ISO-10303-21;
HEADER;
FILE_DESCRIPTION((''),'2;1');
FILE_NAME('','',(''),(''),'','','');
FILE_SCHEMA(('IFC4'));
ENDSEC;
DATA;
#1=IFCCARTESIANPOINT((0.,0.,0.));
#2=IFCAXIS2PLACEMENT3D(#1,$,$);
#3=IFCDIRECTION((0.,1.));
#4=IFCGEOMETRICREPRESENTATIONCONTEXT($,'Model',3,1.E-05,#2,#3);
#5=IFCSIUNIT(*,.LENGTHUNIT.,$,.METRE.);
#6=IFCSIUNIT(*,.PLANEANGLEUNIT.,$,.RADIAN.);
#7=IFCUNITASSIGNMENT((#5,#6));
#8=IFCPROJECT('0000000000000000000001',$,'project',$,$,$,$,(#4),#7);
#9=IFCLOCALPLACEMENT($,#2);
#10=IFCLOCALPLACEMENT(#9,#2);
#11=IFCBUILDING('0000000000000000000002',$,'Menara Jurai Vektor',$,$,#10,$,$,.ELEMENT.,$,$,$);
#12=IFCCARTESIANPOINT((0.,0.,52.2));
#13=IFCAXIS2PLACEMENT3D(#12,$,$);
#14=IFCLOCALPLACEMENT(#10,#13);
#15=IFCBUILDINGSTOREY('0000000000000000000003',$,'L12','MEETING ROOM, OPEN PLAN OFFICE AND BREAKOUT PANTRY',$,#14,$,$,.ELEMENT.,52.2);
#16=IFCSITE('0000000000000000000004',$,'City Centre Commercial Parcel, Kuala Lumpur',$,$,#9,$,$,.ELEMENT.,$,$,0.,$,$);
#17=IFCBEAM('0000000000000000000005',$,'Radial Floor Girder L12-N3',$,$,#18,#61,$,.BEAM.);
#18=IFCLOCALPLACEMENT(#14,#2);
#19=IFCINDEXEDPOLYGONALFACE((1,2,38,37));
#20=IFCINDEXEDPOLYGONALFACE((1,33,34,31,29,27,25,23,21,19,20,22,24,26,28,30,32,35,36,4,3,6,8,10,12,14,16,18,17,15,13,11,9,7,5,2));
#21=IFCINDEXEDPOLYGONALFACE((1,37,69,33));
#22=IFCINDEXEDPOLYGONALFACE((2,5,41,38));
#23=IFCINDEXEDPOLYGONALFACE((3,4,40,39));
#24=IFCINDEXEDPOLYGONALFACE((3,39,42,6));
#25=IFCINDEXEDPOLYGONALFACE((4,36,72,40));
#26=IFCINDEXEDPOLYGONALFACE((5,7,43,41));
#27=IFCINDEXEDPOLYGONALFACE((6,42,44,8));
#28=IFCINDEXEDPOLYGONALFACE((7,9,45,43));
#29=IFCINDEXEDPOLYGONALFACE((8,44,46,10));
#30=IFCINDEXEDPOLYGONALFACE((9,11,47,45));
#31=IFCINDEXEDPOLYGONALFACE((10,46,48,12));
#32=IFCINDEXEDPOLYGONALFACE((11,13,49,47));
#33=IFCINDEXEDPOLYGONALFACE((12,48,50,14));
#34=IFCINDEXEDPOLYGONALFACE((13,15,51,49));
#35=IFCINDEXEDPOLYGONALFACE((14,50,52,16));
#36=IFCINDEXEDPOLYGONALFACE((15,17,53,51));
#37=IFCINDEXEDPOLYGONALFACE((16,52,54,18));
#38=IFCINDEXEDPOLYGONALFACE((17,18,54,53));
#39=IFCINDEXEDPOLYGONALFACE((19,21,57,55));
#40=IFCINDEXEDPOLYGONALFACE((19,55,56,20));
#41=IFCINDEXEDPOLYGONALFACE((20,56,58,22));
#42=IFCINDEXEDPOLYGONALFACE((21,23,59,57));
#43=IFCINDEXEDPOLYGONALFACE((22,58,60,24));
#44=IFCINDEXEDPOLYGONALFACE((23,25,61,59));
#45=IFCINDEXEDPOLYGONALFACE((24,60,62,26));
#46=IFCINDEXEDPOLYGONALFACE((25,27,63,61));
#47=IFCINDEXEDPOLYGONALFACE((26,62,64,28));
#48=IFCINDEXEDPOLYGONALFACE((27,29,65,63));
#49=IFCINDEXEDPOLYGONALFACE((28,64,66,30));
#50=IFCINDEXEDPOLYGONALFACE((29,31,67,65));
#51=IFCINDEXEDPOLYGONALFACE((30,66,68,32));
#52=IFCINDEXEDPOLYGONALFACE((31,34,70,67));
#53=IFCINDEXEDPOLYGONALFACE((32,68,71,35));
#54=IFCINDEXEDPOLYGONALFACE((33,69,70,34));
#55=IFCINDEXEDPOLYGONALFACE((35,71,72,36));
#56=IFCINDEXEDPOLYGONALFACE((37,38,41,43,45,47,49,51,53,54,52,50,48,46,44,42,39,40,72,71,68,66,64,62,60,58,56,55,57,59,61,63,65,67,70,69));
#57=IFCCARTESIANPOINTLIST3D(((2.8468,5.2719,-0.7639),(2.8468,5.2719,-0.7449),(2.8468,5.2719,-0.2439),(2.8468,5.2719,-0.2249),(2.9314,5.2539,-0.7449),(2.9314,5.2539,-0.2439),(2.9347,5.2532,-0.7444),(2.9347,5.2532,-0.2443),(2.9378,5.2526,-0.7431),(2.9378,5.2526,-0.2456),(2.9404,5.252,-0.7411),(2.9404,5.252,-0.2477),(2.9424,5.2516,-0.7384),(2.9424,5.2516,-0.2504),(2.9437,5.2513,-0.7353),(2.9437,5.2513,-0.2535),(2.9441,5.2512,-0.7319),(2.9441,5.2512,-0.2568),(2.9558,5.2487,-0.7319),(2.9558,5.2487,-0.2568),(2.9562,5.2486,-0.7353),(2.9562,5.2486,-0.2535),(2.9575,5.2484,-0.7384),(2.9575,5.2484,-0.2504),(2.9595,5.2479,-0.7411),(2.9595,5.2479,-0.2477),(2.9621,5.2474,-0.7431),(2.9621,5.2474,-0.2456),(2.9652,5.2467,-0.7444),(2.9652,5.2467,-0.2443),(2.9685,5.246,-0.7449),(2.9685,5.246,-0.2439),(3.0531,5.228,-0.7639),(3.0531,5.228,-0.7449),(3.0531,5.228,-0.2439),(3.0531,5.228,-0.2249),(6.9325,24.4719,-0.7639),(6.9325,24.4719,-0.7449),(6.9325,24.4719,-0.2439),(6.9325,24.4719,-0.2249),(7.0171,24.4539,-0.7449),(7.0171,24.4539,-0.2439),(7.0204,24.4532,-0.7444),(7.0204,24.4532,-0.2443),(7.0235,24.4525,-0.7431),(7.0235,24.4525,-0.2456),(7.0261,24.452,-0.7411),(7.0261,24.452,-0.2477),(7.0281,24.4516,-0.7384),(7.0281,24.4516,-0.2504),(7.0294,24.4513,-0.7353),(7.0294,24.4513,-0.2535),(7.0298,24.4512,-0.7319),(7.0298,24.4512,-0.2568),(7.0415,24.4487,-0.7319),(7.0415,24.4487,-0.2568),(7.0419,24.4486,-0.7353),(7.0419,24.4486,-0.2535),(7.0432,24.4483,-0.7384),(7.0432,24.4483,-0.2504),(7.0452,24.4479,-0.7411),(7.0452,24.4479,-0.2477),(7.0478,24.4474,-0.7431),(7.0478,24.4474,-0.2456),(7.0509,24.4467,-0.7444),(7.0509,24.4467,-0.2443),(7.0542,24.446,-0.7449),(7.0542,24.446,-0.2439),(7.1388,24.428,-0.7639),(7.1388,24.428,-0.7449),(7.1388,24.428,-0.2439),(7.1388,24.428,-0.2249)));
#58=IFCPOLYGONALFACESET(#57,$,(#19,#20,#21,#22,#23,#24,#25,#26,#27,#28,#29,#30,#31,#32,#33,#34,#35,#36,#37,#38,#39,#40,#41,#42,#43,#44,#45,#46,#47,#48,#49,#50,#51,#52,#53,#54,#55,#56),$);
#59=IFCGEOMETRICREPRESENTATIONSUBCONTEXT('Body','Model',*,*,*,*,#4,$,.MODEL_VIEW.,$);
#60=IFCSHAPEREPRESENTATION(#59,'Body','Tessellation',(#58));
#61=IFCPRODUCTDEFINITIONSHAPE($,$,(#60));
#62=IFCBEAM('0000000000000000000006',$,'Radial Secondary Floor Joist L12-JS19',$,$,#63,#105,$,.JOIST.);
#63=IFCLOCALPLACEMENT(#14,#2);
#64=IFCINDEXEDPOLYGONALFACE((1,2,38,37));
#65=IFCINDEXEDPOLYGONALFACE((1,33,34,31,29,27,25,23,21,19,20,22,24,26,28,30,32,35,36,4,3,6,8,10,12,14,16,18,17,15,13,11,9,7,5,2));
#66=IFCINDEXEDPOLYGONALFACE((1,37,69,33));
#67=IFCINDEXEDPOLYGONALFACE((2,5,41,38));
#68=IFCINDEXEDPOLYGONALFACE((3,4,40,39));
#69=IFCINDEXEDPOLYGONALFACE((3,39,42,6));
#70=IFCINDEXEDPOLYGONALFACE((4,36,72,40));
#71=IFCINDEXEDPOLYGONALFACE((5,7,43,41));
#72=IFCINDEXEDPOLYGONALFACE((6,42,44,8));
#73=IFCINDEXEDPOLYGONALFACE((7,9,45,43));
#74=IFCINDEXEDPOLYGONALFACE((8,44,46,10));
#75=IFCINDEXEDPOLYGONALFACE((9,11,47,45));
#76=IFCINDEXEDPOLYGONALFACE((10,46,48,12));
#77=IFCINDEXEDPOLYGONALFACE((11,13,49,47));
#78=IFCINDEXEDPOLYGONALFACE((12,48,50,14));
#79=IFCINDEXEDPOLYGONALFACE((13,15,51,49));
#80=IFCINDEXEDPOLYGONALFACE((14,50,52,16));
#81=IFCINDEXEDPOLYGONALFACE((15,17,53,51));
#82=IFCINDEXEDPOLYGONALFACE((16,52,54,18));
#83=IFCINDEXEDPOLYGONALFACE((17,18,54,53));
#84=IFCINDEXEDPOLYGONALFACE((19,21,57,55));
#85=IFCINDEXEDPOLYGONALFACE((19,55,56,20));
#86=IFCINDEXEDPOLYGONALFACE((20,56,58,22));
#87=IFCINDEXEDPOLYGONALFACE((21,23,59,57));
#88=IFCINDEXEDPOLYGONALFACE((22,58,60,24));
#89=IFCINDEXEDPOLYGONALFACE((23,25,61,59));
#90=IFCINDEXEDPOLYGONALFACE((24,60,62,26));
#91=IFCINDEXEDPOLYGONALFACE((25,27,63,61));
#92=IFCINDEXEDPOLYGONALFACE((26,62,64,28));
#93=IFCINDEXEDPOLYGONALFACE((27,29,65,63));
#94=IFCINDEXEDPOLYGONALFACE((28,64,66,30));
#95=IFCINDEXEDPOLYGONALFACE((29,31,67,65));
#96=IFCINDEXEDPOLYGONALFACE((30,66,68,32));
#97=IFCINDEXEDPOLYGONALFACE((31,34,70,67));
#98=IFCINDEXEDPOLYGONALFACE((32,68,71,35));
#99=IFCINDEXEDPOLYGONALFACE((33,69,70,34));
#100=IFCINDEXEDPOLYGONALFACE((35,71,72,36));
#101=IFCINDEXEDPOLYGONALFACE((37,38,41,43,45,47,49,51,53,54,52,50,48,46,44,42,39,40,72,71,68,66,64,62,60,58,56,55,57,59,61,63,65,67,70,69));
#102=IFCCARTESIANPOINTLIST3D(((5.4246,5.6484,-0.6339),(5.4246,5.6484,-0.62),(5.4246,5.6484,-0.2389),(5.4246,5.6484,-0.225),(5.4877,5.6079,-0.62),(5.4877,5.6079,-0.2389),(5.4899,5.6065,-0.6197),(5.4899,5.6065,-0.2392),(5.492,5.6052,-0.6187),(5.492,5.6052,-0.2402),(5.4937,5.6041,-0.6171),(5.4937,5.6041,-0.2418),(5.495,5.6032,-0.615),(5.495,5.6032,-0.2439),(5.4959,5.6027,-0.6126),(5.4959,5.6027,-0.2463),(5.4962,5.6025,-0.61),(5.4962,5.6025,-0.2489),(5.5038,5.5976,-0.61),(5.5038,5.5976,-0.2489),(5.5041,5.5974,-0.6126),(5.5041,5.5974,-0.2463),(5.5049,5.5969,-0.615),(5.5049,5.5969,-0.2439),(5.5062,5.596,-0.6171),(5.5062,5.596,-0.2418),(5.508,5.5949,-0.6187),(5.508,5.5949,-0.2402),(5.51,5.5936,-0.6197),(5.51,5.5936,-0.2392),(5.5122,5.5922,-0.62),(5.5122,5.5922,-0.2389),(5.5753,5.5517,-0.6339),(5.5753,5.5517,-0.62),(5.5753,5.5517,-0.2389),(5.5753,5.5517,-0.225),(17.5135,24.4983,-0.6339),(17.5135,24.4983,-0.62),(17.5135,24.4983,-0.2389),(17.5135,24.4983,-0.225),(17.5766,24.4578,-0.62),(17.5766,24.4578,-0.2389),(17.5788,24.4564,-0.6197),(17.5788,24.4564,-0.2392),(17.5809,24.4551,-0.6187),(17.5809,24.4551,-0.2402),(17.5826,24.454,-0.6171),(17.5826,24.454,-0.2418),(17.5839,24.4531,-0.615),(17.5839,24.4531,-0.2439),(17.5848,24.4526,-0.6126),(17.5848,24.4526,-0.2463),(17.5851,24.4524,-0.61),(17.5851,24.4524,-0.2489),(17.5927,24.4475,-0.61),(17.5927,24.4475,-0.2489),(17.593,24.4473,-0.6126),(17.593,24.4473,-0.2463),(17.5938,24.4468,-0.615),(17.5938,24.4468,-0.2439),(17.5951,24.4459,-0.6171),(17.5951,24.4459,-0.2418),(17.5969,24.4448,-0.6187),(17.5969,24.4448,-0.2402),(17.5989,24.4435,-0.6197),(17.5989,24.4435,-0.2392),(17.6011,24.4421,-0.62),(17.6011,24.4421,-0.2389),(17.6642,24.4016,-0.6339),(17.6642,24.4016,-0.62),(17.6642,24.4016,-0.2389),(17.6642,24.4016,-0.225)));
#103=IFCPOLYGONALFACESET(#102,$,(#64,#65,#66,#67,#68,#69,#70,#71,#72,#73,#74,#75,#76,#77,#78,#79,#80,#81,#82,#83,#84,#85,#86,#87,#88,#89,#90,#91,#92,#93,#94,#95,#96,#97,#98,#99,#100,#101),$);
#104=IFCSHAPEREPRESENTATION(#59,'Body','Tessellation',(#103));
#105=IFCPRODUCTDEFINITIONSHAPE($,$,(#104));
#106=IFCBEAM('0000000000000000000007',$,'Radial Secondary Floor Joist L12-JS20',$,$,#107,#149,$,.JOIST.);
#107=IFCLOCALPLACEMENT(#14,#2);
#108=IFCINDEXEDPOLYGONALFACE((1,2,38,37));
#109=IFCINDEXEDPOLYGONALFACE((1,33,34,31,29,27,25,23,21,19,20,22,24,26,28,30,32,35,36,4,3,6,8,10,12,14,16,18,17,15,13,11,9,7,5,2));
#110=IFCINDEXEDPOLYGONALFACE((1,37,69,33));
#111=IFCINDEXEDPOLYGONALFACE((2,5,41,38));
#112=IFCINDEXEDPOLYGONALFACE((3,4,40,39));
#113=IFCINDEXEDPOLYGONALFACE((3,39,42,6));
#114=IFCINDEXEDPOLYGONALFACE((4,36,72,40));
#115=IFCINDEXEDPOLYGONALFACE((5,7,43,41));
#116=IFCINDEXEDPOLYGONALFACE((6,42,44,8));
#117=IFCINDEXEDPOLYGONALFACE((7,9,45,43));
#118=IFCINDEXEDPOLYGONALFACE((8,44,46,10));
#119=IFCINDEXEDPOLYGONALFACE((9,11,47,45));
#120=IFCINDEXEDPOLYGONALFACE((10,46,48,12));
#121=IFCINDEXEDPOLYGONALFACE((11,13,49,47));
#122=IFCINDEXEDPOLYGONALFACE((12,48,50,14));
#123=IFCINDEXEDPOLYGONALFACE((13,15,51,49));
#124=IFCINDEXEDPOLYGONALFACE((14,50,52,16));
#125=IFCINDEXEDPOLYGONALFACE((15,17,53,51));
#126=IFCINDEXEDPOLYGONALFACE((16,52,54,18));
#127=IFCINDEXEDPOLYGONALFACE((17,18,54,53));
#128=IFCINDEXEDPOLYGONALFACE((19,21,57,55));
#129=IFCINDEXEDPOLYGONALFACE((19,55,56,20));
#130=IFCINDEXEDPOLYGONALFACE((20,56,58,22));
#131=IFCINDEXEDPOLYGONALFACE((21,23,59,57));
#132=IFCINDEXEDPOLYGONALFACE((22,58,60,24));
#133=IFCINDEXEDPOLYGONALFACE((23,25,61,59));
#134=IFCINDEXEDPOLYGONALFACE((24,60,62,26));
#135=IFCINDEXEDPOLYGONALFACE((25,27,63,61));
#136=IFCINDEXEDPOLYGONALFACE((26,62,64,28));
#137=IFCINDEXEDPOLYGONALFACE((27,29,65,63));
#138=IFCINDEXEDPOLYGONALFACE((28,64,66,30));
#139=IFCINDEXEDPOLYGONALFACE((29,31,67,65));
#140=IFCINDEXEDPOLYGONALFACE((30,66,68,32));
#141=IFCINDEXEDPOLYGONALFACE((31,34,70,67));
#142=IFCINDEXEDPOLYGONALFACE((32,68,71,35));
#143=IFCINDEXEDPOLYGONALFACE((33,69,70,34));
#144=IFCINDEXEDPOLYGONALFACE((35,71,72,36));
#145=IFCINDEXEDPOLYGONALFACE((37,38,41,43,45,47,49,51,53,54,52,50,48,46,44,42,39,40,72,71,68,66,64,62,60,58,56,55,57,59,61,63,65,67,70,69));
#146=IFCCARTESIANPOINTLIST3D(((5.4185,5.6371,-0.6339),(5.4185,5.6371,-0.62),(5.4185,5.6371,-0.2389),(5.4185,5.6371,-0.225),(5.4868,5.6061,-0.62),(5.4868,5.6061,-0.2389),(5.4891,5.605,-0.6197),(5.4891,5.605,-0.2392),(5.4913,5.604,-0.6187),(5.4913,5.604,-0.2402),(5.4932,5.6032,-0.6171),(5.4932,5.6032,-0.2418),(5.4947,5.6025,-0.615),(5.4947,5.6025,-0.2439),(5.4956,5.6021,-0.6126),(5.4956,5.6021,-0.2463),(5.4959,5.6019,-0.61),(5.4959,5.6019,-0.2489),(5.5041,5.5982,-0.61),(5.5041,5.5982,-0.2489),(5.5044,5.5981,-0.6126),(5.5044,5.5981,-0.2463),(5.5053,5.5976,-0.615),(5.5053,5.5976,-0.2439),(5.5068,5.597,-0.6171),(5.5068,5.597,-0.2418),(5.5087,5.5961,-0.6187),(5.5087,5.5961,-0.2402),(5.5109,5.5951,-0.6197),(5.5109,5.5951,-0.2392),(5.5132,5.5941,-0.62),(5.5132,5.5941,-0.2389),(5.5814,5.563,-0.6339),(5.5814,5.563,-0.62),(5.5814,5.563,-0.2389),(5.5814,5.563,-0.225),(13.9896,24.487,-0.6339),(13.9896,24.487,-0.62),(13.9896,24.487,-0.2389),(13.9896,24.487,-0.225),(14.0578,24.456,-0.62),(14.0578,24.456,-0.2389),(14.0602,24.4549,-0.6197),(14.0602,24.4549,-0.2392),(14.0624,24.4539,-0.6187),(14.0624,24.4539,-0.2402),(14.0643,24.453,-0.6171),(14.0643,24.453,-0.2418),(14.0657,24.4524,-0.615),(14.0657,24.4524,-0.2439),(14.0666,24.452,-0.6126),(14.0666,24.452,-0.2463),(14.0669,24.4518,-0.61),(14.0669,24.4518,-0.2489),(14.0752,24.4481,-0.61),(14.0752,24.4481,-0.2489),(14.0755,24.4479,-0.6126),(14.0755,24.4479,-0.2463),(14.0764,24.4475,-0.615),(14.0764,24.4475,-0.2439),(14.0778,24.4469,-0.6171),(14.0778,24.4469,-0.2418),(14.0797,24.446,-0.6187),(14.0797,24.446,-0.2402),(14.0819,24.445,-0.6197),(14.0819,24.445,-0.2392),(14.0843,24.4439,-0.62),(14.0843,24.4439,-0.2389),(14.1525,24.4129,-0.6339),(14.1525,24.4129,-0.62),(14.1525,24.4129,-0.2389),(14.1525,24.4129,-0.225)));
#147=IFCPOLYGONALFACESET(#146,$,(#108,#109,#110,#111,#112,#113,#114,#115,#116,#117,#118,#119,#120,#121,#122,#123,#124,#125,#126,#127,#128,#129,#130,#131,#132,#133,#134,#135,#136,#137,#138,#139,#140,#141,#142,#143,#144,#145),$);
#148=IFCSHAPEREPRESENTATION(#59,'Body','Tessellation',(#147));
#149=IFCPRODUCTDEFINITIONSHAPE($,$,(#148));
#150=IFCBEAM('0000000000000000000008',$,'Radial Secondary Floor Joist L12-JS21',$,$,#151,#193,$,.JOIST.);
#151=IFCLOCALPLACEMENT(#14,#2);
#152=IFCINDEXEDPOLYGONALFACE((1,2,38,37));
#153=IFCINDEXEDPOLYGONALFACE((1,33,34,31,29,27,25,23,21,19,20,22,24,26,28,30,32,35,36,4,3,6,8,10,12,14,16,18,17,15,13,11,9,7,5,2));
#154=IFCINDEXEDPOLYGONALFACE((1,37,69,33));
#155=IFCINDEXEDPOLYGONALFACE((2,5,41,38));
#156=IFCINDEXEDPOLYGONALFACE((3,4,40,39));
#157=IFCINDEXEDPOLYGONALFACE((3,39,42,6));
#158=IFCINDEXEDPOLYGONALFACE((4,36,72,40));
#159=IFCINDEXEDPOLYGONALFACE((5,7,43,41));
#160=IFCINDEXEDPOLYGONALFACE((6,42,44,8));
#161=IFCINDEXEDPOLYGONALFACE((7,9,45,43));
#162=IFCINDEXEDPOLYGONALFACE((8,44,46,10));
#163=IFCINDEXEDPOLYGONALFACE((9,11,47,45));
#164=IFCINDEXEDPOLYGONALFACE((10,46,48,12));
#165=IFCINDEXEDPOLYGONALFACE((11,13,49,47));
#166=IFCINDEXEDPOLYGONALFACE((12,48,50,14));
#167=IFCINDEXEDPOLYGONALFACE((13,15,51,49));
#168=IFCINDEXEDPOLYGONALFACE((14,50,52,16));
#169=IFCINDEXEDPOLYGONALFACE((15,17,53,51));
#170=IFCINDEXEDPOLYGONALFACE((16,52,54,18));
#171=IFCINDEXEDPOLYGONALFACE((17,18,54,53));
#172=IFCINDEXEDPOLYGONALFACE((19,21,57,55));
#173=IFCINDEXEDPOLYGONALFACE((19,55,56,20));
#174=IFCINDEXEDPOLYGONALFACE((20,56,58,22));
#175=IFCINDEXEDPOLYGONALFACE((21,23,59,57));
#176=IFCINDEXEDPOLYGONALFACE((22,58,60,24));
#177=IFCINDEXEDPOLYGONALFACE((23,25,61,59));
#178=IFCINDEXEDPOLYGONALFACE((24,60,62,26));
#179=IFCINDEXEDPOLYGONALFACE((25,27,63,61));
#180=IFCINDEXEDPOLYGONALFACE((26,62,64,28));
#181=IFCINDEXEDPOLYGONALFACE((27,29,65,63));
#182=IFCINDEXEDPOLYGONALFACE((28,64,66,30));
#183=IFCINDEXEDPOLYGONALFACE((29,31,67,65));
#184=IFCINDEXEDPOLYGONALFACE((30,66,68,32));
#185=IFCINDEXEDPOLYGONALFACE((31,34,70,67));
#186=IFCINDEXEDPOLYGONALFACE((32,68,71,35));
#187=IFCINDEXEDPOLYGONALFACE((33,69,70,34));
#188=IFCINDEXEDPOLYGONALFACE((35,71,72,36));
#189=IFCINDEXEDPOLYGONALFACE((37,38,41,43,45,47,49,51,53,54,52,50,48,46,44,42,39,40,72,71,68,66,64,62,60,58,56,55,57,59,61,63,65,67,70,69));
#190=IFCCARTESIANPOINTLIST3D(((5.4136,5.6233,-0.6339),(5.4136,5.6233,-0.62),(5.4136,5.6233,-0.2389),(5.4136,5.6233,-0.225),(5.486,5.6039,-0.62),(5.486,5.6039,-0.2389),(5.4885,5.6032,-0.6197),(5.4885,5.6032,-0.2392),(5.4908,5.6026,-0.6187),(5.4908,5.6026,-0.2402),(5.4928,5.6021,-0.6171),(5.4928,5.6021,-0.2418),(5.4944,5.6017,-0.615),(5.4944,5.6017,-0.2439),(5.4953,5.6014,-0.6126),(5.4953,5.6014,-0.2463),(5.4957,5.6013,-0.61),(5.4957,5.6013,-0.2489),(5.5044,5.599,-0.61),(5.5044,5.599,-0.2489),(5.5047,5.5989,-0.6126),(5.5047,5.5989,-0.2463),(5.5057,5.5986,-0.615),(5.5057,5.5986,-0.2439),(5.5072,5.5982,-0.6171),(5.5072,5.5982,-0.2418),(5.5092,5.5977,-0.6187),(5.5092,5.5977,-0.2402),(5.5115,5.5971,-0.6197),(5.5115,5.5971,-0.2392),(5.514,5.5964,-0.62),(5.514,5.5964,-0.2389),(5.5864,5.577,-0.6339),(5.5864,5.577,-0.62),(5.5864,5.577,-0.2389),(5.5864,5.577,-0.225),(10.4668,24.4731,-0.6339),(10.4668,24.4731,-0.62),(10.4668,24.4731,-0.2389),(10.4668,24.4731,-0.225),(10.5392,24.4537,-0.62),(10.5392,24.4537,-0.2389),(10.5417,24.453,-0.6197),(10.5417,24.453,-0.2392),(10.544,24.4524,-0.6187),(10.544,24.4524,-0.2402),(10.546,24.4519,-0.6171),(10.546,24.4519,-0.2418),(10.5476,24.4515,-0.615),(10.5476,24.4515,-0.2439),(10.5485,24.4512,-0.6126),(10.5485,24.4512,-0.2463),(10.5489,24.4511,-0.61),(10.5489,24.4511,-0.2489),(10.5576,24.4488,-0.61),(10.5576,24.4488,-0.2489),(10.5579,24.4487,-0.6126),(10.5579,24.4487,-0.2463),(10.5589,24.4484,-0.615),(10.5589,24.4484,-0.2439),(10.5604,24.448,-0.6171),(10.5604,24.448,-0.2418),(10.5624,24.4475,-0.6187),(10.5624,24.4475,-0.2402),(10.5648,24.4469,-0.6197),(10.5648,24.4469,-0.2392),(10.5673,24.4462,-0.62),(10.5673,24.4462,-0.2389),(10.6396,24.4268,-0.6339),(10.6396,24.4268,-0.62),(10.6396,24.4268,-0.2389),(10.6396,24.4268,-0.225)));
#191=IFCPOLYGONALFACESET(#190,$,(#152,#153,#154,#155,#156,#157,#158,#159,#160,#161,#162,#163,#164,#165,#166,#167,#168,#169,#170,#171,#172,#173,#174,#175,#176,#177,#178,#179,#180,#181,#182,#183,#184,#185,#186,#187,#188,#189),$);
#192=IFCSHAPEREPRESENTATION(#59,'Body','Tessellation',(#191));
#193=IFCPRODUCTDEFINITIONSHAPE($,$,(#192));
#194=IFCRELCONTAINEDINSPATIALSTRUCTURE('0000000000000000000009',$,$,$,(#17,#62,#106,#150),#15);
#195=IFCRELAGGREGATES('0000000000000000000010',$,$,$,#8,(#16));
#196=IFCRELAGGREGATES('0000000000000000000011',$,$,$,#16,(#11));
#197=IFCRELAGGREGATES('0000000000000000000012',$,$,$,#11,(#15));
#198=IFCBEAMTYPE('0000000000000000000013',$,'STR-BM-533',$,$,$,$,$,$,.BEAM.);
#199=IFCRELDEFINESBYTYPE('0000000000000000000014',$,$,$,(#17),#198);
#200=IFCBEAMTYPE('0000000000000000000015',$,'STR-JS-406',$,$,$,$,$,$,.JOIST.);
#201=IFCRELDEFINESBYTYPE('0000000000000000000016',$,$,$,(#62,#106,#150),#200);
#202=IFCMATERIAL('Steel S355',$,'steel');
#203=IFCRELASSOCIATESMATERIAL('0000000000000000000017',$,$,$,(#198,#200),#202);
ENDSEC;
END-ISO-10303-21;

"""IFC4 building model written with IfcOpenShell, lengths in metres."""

from ifc_helpers import new_model, si_unit, direction, frame, origin, origin_2d, place, context, subcontext, project, spatial, i_section, extrude, material, material_profile, profile_set, type_object, element, save


model = new_model("IFC4")

# Units and contexts
model_context = context("Model", 3, precision=1e-05, world=origin(), true_north=direction((0.0, 1.0)))
body_context = subcontext(model_context, "Body", "Model", "MODEL_VIEW")
ifc_project = project(units=[si_unit("LENGTHUNIT", "METRE"), si_unit("PLANEANGLEUNIT", "RADIAN")], contexts=[model_context])

# Site, building, storey
site_placement = place(None, origin())
site = spatial("IfcSite", under=ifc_project, at=site_placement, Name="City Centre Commercial Parcel, Kuala Lumpur", CompositionType="ELEMENT", RefElevation=0.0)
building_placement = place(site_placement, origin())
building = spatial("IfcBuilding", under=site, at=building_placement, Name="Menara Jurai Vektor", CompositionType="ELEMENT")
storey_placement = place(building_placement, frame((0.0, 0.0, 52.2)))
storey = spatial("IfcBuildingStorey", under=building, at=storey_placement, Name="L12", Description="MEETING ROOM, OPEN PLAN OFFICE AND BREAKOUT PANTRY", CompositionType="ELEMENT", Elevation=52.2)

# Beams
ifc_material_1 = material(Name="Steel S355", Category="steel")
ifc_material_profile_1 = material_profile(ifc_material_1, i_section(OverallWidth=0.2109, OverallDepth=0.5391, WebThickness=0.012, FlangeThickness=0.019, FilletRadius=0.0129, at=origin_2d()), Name="UKB 533x210x109")
ifc_profile_set_1 = profile_set([ifc_material_profile_1], Name="Steel S355")
beam_type_1 = type_object("IfcBeamType", Name="STR-BM-533", PredefinedType="BEAM", material=ifc_profile_set_1)
beam_1_placement = place(storey_placement, frame((7.0356, 24.45, -0.4944), z_axis=(-0.208137, -0.9781, 0.0), x_axis=(0.9781, -0.208137, 0.0)))
element("IfcBeam", 1, at=beam_1_placement, inside=storey, type_object=beam_type_1, Name="Radial Floor Girder L12-N3", PredefinedType="BEAM", context=body_context, shape_type="SweptSolid", body=[
    extrude(i_section(OverallWidth=0.2109, OverallDepth=0.5391, WebThickness=0.012, FlangeThickness=0.019, FilletRadius=0.0129, at=origin_2d()), origin(), (0.0, 0.0, 1.0), 19.6299),
])
ifc_material_profile_2 = material_profile(ifc_material_1, i_section(OverallWidth=0.179, OverallDepth=0.4089, WebThickness=0.009, FlangeThickness=0.0139, FilletRadius=0.01, at=origin_2d()), Name="UKB 406x178x67")
ifc_profile_set_2 = profile_set([ifc_material_profile_2], Name="Steel S355")
beam_type_2 = type_object("IfcBeamType", Name="STR-JS-406", PredefinedType="JOIST", material=ifc_profile_set_2)
beam_2_placement = place(storey_placement, frame((17.5889, 24.45, -0.4294), z_axis=(-0.539844, -0.841765, 0.0), x_axis=(0.841765, -0.539844, 0.0)))
element("IfcBeam", 2, at=beam_2_placement, inside=storey, type_object=beam_type_2, Name="Radial Secondary Floor Joist L12-JS19", PredefinedType="JOIST", context=body_context, shape_type="SweptSolid", body=[
    extrude(i_section(OverallWidth=0.179, OverallDepth=0.4089, WebThickness=0.009, FlangeThickness=0.0139, FilletRadius=0.01, at=origin_2d()), origin(), (0.0, 0.0, 1.0), 22.3933),
])
beam_3_placement = place(storey_placement, frame((14.071, 24.45, -0.4294), z_axis=(-0.41392, -0.910313, 0.0), x_axis=(0.910313, -0.41392, 0.0)))
element("IfcBeam", 3, at=beam_3_placement, inside=storey, type_object=beam_type_2, Name="Radial Secondary Floor Joist L12-JS20", PredefinedType="JOIST", context=body_context, shape_type="SweptSolid", body=[
    extrude(i_section(OverallWidth=0.179, OverallDepth=0.4089, WebThickness=0.009, FlangeThickness=0.0139, FilletRadius=0.01, at=origin_2d()), origin(), (0.0, 0.0, 1.0), 20.707),
])
beam_4_placement = place(storey_placement, frame((10.5532, 24.45, -0.4294), z_axis=(-0.258935, -0.965895, 0.0), x_axis=(0.965895, -0.258935, 0.0)))
element("IfcBeam", 4, at=beam_4_placement, inside=storey, type_object=beam_type_2, Name="Radial Secondary Floor Joist L12-JS21", PredefinedType="JOIST", context=body_context, shape_type="SweptSolid", body=[
    extrude(i_section(OverallWidth=0.179, OverallDepth=0.4089, WebThickness=0.009, FlangeThickness=0.0139, FilletRadius=0.01, at=origin_2d()), origin(), (0.0, 0.0, 1.0), 19.5154),
])

save(model, "model.ifc")
